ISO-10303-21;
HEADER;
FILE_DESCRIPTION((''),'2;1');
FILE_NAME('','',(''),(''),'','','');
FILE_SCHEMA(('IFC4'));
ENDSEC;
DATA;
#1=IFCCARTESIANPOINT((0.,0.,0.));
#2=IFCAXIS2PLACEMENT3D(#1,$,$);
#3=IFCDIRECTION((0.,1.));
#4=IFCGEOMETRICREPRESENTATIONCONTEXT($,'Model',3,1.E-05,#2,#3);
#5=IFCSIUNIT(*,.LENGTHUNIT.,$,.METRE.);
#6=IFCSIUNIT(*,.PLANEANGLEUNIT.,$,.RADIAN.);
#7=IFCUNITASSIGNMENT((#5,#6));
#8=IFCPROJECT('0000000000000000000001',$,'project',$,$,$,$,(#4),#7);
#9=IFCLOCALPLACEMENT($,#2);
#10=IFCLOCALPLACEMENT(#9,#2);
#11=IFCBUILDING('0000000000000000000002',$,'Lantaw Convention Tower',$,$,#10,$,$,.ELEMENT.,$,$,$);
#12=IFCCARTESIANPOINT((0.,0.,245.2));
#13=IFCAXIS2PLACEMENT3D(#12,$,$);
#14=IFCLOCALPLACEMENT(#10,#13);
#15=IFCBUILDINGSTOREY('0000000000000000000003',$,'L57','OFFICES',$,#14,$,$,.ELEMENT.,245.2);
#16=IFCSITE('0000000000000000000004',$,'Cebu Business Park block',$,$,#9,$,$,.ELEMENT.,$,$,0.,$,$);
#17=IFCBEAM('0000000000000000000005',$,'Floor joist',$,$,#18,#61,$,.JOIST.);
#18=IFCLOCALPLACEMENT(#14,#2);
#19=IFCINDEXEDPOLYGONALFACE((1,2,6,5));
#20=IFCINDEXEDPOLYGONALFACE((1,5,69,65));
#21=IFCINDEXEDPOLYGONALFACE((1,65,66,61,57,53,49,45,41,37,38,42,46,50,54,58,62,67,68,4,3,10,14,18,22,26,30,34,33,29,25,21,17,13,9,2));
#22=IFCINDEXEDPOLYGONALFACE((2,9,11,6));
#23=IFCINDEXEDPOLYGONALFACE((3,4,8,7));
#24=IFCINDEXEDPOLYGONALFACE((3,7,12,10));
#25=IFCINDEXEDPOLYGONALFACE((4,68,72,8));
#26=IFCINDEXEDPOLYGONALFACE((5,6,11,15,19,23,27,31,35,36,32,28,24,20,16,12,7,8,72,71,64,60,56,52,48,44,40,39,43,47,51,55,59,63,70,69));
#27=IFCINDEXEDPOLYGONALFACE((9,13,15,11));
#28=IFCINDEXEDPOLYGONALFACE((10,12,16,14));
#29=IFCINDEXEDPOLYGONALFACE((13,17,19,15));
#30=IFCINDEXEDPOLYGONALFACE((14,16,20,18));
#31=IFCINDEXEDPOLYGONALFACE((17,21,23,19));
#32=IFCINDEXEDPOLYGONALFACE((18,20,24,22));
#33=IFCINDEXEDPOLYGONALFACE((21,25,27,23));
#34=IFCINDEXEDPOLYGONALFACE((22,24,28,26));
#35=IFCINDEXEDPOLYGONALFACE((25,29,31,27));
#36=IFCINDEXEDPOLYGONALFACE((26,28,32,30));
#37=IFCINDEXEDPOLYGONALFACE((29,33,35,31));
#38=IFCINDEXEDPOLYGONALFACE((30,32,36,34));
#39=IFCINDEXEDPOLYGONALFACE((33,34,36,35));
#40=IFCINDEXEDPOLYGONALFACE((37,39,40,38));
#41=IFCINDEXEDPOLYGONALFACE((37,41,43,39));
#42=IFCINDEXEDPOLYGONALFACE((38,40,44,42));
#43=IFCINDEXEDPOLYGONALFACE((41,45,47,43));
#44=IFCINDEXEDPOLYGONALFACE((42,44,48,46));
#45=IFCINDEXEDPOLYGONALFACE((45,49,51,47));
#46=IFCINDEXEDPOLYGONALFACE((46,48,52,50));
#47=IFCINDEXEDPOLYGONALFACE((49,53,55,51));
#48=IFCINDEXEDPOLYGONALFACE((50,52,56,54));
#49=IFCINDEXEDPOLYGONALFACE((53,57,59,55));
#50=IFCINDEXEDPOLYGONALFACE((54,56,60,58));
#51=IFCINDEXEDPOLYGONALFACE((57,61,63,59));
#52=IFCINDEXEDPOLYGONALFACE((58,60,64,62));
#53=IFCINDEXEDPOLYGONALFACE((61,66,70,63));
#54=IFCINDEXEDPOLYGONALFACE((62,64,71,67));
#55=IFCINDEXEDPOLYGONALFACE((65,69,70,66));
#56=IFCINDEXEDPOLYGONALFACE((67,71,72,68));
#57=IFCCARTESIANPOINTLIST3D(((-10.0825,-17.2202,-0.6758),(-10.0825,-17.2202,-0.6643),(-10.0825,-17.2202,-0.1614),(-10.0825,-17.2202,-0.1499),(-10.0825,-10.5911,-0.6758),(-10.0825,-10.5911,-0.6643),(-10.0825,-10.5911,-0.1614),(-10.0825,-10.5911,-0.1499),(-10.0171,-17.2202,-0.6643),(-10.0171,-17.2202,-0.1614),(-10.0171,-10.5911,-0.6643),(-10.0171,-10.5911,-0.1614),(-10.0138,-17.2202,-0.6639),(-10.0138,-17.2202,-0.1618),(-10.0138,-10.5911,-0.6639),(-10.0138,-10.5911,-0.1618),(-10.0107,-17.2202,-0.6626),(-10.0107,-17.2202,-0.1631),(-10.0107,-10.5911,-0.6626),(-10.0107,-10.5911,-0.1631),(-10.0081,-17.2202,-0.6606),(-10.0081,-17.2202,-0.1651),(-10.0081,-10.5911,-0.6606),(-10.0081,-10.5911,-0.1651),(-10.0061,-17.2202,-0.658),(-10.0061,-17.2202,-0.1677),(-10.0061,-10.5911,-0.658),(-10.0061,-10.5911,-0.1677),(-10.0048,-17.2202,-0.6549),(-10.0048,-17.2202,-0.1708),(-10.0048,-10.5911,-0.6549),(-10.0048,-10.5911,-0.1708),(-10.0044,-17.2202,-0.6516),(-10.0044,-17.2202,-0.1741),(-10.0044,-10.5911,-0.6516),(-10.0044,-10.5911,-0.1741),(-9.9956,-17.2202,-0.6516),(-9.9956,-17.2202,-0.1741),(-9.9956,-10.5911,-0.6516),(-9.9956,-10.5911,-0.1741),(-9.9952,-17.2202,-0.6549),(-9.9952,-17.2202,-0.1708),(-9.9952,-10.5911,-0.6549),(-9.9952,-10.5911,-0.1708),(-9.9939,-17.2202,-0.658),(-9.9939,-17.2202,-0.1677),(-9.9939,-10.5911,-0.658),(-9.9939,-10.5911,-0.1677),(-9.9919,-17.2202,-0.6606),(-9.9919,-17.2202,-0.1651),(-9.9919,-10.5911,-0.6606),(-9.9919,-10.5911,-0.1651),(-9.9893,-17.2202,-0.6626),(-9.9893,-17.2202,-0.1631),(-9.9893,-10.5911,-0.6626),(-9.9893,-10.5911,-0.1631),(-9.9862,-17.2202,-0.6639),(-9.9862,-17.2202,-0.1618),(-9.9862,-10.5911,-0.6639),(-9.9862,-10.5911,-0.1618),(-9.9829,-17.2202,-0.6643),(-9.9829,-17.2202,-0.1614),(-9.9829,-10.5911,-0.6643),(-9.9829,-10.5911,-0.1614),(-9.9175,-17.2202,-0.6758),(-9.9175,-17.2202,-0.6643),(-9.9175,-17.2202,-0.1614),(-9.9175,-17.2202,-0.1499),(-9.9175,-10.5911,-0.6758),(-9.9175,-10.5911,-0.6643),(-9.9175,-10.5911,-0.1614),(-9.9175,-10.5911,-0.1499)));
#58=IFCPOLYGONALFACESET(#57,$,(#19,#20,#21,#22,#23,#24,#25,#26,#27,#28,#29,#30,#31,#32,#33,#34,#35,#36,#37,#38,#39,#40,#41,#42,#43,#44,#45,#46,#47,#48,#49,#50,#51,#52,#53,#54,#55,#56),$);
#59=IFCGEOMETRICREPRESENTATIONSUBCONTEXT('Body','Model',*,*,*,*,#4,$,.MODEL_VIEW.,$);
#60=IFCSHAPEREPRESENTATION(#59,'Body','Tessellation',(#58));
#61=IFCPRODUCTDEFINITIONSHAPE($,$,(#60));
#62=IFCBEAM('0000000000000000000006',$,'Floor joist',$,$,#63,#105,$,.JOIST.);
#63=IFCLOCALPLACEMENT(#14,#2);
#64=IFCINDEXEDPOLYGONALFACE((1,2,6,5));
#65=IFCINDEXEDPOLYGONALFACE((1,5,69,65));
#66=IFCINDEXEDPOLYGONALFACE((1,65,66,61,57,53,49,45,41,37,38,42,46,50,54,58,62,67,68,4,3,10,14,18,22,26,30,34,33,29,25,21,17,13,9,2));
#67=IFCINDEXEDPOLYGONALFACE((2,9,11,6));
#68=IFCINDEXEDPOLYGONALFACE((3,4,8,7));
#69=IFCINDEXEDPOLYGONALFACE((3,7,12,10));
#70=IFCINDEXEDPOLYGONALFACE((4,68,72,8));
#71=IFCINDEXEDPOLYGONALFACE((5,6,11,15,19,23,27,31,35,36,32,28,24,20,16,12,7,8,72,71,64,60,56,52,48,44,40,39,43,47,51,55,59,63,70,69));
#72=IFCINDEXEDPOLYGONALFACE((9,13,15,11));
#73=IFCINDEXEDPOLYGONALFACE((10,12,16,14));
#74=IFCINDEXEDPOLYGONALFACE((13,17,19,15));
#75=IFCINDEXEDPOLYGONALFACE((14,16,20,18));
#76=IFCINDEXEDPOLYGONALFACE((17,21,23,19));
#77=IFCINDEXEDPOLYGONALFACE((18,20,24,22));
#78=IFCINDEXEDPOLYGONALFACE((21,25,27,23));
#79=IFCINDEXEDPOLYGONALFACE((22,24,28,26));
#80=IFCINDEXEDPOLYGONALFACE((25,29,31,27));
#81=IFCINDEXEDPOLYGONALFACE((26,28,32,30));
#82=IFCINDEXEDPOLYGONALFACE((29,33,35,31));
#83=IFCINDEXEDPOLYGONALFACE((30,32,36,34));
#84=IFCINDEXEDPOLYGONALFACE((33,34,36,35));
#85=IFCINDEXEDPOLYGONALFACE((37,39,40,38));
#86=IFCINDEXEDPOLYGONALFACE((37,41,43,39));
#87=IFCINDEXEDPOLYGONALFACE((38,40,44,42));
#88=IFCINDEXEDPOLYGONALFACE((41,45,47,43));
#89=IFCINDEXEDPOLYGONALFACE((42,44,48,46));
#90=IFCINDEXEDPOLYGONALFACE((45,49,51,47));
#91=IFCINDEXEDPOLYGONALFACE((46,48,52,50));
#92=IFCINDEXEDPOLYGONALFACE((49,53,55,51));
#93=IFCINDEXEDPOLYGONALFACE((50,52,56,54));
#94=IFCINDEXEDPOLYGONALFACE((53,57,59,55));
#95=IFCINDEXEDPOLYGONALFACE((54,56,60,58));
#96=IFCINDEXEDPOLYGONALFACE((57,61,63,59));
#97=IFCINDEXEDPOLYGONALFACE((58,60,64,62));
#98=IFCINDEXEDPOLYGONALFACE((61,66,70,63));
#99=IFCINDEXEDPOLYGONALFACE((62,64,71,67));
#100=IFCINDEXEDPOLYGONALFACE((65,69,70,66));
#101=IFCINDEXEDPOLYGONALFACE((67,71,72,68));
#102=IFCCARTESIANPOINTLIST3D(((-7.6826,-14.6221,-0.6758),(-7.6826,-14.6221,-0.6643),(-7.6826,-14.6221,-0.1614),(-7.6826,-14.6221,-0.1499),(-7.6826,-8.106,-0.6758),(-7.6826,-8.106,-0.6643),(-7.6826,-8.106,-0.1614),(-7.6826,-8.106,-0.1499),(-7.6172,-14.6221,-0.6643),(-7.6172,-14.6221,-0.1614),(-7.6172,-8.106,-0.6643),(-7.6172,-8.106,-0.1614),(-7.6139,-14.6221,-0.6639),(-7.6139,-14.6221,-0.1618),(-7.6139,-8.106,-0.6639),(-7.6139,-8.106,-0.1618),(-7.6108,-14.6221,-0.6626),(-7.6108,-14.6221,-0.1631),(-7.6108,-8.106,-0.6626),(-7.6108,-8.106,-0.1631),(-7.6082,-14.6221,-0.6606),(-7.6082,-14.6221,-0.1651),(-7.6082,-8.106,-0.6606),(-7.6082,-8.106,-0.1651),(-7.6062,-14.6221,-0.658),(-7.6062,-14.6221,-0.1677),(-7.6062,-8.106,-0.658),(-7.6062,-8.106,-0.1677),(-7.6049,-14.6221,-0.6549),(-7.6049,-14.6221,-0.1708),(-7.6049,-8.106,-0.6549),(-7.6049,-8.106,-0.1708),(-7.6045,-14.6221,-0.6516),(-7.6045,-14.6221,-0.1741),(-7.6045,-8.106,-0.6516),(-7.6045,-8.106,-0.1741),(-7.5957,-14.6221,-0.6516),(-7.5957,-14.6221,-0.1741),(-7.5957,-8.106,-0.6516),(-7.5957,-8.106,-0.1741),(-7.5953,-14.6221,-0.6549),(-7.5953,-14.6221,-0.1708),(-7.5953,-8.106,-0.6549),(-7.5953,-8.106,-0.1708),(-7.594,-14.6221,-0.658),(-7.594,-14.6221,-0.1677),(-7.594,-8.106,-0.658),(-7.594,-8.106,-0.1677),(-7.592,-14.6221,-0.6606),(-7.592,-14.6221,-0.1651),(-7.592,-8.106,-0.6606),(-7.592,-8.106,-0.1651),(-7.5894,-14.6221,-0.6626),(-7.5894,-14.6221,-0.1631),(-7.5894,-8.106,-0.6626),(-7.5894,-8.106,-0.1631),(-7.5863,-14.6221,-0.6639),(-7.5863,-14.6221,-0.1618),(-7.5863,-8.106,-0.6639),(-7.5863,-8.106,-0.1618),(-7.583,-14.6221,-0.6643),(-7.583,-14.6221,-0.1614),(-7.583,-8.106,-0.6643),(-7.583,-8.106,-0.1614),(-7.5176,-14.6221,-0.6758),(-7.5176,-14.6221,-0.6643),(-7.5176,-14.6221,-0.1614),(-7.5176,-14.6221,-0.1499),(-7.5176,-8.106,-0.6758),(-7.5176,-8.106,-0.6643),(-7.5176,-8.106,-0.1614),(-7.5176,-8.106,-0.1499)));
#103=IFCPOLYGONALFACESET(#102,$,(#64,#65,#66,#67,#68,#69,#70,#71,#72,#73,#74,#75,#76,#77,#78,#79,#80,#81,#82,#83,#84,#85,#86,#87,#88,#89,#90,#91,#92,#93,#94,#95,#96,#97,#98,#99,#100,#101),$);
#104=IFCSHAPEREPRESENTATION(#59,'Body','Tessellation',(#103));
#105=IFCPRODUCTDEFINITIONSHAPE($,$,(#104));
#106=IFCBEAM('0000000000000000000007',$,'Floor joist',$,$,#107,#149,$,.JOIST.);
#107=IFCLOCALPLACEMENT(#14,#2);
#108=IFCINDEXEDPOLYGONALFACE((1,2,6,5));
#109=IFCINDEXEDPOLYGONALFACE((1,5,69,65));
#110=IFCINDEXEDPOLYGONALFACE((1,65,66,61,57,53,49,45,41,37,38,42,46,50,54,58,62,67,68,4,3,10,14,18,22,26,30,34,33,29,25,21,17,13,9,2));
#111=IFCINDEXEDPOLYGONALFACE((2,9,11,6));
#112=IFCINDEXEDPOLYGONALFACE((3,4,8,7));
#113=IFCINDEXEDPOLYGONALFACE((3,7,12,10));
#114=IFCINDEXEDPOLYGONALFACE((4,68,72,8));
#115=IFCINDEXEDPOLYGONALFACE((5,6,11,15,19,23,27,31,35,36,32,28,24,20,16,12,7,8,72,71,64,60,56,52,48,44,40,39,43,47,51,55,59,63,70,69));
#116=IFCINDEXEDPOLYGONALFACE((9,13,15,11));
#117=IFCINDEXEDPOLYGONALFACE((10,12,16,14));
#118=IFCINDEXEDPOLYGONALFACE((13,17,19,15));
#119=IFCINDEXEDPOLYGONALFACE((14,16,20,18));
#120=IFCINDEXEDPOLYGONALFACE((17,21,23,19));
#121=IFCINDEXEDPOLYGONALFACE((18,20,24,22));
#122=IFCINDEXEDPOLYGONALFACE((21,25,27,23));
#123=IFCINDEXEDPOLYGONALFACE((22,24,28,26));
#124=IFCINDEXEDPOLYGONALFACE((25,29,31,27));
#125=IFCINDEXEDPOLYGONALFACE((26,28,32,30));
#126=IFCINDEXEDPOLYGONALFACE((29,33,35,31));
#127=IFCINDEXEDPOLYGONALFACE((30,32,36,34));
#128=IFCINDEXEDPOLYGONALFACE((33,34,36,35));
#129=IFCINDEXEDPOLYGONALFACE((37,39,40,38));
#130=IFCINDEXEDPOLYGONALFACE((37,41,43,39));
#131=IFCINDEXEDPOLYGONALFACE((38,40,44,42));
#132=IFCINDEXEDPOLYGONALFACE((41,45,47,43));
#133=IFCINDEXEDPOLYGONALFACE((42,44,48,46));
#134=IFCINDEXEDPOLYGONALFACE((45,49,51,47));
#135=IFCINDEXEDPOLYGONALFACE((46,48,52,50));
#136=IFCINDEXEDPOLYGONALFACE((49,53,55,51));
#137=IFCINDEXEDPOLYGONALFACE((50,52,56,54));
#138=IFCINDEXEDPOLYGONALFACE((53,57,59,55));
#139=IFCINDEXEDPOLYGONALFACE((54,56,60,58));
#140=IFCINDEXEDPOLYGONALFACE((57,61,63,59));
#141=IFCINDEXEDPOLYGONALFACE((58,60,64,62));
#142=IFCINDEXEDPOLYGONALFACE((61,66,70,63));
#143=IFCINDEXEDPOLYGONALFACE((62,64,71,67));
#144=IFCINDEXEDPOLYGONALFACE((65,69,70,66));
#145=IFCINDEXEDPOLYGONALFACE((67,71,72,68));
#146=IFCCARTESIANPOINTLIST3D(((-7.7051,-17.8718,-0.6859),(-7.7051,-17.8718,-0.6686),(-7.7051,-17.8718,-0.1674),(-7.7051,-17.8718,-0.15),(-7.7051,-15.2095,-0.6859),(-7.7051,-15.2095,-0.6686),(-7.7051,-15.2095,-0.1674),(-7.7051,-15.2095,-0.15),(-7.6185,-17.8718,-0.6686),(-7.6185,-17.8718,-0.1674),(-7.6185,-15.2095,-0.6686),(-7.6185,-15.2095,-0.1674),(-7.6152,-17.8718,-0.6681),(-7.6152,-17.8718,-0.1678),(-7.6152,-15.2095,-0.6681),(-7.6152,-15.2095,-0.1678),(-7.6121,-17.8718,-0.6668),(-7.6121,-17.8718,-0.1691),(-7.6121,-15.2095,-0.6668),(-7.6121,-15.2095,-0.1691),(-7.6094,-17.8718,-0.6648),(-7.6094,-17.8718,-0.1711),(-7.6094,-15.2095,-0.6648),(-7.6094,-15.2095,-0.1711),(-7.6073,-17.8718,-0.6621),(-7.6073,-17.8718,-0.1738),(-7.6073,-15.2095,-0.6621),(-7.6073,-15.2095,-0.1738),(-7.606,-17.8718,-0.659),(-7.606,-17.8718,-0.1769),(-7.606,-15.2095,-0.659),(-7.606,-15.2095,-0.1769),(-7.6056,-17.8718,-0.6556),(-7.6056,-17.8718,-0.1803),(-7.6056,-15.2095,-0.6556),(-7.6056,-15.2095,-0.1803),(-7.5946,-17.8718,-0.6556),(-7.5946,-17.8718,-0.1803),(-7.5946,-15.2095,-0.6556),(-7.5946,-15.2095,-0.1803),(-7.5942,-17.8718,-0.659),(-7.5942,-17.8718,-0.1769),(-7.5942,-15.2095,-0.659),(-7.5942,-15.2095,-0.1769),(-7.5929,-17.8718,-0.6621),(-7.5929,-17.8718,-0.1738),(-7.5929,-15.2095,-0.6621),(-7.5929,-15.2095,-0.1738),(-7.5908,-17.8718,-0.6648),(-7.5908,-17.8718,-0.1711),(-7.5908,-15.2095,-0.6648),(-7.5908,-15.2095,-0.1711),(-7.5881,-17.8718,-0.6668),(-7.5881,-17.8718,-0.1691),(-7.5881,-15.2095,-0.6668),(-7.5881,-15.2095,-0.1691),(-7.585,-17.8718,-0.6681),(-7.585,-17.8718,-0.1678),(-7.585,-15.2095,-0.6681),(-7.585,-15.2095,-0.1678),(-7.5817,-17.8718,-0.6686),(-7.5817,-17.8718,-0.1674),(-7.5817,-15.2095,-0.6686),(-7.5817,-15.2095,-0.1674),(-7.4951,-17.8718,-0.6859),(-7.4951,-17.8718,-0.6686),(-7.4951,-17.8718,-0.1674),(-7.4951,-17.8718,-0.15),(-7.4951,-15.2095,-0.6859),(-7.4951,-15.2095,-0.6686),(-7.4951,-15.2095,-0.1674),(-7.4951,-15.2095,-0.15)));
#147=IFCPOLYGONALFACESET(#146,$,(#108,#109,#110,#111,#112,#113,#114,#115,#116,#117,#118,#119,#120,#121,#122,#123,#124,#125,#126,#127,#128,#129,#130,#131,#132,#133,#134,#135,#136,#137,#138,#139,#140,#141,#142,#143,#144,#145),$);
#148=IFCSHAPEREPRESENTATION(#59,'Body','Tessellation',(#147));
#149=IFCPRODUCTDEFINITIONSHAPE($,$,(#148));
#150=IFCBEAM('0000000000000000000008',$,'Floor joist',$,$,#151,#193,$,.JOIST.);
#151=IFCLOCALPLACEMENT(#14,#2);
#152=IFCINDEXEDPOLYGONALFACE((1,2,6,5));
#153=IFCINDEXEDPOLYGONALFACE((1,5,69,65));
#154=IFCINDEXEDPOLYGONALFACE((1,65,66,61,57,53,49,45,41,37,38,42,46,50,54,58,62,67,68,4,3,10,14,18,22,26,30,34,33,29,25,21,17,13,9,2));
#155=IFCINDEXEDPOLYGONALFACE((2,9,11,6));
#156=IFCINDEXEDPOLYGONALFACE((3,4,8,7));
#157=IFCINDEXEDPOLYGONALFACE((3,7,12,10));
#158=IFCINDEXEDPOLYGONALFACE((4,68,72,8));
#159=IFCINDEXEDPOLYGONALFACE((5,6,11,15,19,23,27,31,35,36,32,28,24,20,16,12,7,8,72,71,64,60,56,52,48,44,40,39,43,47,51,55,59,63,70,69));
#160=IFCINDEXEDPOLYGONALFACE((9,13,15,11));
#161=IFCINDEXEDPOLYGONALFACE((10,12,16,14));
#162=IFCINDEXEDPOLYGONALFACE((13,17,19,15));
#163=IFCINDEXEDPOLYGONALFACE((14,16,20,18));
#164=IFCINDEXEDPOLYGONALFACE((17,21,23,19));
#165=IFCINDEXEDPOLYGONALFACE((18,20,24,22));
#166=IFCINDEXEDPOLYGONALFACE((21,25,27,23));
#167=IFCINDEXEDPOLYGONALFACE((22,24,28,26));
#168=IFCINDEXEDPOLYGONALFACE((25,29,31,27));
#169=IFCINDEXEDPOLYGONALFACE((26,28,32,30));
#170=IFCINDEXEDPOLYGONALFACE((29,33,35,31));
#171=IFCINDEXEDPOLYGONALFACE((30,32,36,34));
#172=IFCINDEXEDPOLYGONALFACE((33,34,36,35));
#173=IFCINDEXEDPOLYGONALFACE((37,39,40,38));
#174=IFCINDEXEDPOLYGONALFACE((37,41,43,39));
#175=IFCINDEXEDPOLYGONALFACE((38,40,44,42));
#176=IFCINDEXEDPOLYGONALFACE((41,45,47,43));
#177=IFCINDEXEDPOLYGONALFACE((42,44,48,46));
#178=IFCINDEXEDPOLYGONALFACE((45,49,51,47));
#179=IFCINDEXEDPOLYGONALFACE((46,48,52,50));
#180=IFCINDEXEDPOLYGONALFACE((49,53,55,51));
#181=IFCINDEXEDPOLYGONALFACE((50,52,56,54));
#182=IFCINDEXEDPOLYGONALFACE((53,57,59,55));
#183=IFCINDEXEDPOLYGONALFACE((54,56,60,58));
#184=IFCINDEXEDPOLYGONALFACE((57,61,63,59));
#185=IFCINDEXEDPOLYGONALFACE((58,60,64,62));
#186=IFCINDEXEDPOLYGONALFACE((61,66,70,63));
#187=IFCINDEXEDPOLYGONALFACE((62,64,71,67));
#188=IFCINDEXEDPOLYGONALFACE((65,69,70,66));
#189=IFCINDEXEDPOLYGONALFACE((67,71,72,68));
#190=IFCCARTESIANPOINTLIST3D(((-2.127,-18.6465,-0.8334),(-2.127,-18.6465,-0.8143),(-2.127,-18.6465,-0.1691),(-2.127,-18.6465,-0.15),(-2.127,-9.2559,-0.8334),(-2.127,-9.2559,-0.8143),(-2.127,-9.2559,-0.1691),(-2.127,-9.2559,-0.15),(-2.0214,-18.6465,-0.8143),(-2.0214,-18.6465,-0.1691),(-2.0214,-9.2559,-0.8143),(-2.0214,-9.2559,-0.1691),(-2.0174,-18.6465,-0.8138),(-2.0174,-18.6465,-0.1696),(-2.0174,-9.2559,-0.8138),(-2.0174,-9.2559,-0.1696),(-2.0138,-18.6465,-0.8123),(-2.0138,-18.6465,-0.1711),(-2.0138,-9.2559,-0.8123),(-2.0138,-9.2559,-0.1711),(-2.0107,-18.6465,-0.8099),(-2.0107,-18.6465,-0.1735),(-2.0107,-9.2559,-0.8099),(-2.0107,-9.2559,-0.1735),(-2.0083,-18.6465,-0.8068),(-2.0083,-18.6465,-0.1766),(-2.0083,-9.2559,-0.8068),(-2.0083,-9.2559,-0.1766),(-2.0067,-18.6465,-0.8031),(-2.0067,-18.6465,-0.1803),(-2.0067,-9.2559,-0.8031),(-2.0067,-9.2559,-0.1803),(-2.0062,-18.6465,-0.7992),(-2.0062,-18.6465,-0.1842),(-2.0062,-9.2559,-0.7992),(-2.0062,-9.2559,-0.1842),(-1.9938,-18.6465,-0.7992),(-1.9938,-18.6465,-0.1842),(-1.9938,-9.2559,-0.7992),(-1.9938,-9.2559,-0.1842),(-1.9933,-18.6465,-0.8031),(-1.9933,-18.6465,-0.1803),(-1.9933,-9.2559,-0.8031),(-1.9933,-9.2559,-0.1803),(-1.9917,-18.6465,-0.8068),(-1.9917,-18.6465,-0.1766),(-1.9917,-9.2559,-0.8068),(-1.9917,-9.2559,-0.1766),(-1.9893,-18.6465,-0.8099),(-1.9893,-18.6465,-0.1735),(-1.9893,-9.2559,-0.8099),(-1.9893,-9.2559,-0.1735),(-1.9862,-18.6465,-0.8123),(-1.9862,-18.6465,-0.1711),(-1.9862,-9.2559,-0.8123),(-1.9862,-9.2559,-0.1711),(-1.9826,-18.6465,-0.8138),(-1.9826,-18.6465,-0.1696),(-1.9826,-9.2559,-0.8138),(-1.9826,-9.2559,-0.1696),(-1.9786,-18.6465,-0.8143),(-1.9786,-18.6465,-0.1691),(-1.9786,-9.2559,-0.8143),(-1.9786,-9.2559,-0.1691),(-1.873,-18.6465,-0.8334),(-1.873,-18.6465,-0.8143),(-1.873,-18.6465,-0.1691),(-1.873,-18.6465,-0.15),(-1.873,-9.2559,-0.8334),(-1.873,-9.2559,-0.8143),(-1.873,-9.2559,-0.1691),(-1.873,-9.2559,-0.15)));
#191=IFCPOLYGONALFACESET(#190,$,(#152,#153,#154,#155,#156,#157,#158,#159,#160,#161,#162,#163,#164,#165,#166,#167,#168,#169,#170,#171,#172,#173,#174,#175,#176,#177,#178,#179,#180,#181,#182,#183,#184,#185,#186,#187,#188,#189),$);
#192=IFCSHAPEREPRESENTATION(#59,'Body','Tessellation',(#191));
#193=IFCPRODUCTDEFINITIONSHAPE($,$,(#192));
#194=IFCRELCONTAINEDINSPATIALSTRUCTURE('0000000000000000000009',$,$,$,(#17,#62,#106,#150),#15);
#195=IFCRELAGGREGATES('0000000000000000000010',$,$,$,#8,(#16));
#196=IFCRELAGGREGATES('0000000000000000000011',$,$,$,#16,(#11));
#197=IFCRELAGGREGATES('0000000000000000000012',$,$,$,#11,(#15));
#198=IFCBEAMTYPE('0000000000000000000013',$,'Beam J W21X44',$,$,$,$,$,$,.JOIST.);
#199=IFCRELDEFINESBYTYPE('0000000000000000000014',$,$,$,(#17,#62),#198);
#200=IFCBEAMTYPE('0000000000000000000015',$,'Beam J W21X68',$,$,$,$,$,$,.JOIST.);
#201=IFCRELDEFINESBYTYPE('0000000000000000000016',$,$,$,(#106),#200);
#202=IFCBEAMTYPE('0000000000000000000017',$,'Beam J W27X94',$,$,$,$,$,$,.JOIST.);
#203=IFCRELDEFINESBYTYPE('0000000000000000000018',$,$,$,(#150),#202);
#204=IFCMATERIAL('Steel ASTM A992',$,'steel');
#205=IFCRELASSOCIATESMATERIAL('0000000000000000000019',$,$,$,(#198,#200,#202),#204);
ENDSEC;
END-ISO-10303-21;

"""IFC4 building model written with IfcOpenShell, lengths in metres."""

from ifc_helpers import new_model, si_unit, direction, frame, origin, origin_2d, place, context, subcontext, project, spatial, i_section, extrude, material, material_profile, profile_set, type_object, element, save


model = new_model("IFC4")

# Units and contexts
model_context = context("Model", 3, precision=1e-05, world=origin(), true_north=direction((0.0, 1.0)))
body_context = subcontext(model_context, "Body", "Model", "MODEL_VIEW")
ifc_project = project(units=[si_unit("LENGTHUNIT", "METRE"), si_unit("PLANEANGLEUNIT", "RADIAN")], contexts=[model_context])

# Site, building, storey
site_placement = place(None, origin())
site = spatial("IfcSite", under=ifc_project, at=site_placement, Name="Cebu Business Park block", CompositionType="ELEMENT", RefElevation=0.0)
building_placement = place(site_placement, origin())
building = spatial("IfcBuilding", under=site, at=building_placement, Name="Lantaw Convention Tower", CompositionType="ELEMENT")
storey_placement = place(building_placement, frame((0.0, 0.0, 245.2)))
storey = spatial("IfcBuildingStorey", under=building, at=storey_placement, Name="L57", Description="OFFICES", CompositionType="ELEMENT", Elevation=245.2)

# Beams
ifc_material_1 = material(Name="Steel ASTM A992", Category="steel")
ifc_material_profile_1 = material_profile(ifc_material_1, i_section(OverallWidth=0.165, OverallDepth=0.5259, WebThickness=0.0088, FlangeThickness=0.0115, FilletRadius=0.0127, at=origin_2d()), Name="W21X44")
ifc_profile_set_1 = profile_set([ifc_material_profile_1], Name="Steel ASTM A992")
beam_type_1 = type_object("IfcBeamType", Name="Beam J W21X44", PredefinedType="JOIST", material=ifc_profile_set_1)
beam_1_placement = place(storey_placement, frame((-10.0, -17.2202, -0.4128), z_axis=(0.0, 1.0, 0.0), x_axis=(-1.0, 0.0, 0.0)))
element("IfcBeam", 1, at=beam_1_placement, inside=storey, type_object=beam_type_1, Name="Floor joist", PredefinedType="JOIST", context=body_context, shape_type="SweptSolid", body=[
    extrude(i_section(OverallWidth=0.165, OverallDepth=0.5259, WebThickness=0.0088, FlangeThickness=0.0115, FilletRadius=0.0127, at=origin_2d()), origin(), (0.0, 0.0, 1.0), 6.6292),
])
beam_2_placement = place(storey_placement, frame((-7.6001, -14.6221, -0.4128), z_axis=(0.0, 1.0, 0.0), x_axis=(-1.0, 0.0, 0.0)))
element("IfcBeam", 2, at=beam_2_placement, inside=storey, type_object=beam_type_1, Name="Floor joist", PredefinedType="JOIST", context=body_context, shape_type="SweptSolid", body=[
    extrude(i_section(OverallWidth=0.165, OverallDepth=0.5259, WebThickness=0.0088, FlangeThickness=0.0115, FilletRadius=0.0127, at=origin_2d()), origin(), (0.0, 0.0, 1.0), 6.5161),
])
ifc_material_profile_2 = material_profile(ifc_material_1, i_section(OverallWidth=0.21, OverallDepth=0.5359, WebThickness=0.011, FlangeThickness=0.0173, FilletRadius=0.0129, at=origin_2d()), Name="W21X68")
ifc_profile_set_2 = profile_set([ifc_material_profile_2], Name="Steel ASTM A992")
beam_type_2 = type_object("IfcBeamType", Name="Beam J W21X68", PredefinedType="JOIST", material=ifc_profile_set_2)
beam_3_placement = place(storey_placement, frame((-7.6001, -17.8718, -0.418), z_axis=(0.0, 1.0, 0.0), x_axis=(-1.0, 0.0, 0.0)))
element("IfcBeam", 3, at=beam_3_placement, inside=storey, type_object=beam_type_2, Name="Floor joist", PredefinedType="JOIST", context=body_context, shape_type="SweptSolid", body=[
    extrude(i_section(OverallWidth=0.21, OverallDepth=0.5359, WebThickness=0.011, FlangeThickness=0.0173, FilletRadius=0.0129, at=origin_2d()), origin(), (0.0, 0.0, 1.0), 2.6624),
])
ifc_material_profile_3 = material_profile(ifc_material_1, i_section(OverallWidth=0.2539, OverallDepth=0.6833, WebThickness=0.0125, FlangeThickness=0.019, FilletRadius=0.0151, at=origin_2d()), Name="W27X94")
ifc_profile_set_3 = profile_set([ifc_material_profile_3], Name="Steel ASTM A992")
beam_type_3 = type_object("IfcBeamType", Name="Beam J W27X94", PredefinedType="JOIST", material=ifc_profile_set_3)
beam_4_placement = place(storey_placement, frame((-2.0, -18.6465, -0.4917), z_axis=(0.0, 1.0, 0.0), x_axis=(-1.0, 0.0, 0.0)))
element("IfcBeam", 4, at=beam_4_placement, inside=storey, type_object=beam_type_3, Name="Floor joist", PredefinedType="JOIST", context=body_context, shape_type="SweptSolid", body=[
    extrude(i_section(OverallWidth=0.2539, OverallDepth=0.6833, WebThickness=0.0125, FlangeThickness=0.019, FilletRadius=0.0151, at=origin_2d()), origin(), (0.0, 0.0, 1.0), 9.3906),
])

save(model, "model.ifc")
